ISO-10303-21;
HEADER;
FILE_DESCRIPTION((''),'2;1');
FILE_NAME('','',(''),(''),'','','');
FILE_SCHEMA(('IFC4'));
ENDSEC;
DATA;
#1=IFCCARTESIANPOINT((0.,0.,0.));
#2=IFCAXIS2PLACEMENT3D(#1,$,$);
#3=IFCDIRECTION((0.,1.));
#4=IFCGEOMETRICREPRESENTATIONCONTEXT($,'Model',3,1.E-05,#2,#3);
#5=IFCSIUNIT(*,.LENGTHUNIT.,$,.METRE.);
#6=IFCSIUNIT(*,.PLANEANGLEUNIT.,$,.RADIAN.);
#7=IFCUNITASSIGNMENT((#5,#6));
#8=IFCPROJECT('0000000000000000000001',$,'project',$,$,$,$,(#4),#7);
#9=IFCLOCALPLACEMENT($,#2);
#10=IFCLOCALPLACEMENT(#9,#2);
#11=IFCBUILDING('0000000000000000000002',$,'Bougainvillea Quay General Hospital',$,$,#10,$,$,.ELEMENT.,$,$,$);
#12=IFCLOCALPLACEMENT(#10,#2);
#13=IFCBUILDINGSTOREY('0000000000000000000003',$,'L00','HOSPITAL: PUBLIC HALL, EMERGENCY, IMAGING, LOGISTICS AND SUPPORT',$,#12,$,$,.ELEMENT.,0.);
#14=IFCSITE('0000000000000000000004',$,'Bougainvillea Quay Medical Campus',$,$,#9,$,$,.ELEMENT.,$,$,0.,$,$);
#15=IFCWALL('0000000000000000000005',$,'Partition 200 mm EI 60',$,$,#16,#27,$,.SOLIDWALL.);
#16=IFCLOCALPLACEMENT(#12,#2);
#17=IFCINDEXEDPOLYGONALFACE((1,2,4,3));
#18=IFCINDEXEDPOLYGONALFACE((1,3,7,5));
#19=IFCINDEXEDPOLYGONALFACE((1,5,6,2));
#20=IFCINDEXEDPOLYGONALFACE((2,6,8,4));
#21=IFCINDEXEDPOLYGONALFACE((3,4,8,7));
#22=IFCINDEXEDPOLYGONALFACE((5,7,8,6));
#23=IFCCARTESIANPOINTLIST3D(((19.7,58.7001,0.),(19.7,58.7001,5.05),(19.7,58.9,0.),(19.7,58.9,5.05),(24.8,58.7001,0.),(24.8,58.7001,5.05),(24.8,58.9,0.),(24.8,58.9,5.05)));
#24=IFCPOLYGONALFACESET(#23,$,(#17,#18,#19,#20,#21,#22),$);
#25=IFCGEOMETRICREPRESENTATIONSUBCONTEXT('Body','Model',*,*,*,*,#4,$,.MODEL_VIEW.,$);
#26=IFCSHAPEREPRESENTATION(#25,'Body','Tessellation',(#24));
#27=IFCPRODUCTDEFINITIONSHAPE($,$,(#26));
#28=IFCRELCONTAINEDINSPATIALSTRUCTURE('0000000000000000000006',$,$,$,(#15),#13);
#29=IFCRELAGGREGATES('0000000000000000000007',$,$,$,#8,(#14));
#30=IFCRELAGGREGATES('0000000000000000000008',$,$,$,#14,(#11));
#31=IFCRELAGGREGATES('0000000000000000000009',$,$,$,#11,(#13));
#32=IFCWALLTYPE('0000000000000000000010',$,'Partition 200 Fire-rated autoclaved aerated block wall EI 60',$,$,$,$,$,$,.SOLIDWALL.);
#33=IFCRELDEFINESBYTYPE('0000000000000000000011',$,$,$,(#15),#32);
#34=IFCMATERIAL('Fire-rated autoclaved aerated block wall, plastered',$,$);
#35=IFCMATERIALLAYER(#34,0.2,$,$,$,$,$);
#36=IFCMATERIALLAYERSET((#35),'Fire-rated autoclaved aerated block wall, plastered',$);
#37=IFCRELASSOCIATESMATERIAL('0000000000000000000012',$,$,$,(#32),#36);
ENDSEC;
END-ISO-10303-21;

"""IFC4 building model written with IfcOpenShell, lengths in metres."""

from ifc_helpers import new_model, si_unit, direction, frame, frame_2d, origin, place, context, subcontext, project, spatial, rectangle, extrude, material, layer, layer_set, type_object, element, save


model = new_model("IFC4")

# Units and contexts
model_context = context("Model", 3, precision=1e-05, world=origin(), true_north=direction((0.0, 1.0)))
body_context = subcontext(model_context, "Body", "Model", "MODEL_VIEW")
ifc_project = project(units=[si_unit("LENGTHUNIT", "METRE"), si_unit("PLANEANGLEUNIT", "RADIAN")], contexts=[model_context])

# Site, building, storey
site_placement = place(None, origin())
site = spatial("IfcSite", under=ifc_project, at=site_placement, Name="Bougainvillea Quay Medical Campus", CompositionType="ELEMENT", RefElevation=0.0)
building_placement = place(site_placement, origin())
building = spatial("IfcBuilding", under=site, at=building_placement, Name="Bougainvillea Quay General Hospital", CompositionType="ELEMENT")
storey_placement = place(building_placement, origin())
storey = spatial("IfcBuildingStorey", under=building, at=storey_placement, Name="L00", Description="HOSPITAL: PUBLIC HALL, EMERGENCY, IMAGING, LOGISTICS AND SUPPORT", CompositionType="ELEMENT", Elevation=0.0)

# Shared definitions
ifc_material_1 = material(Name="Fire-rated autoclaved aerated block wall, plastered")

# Wall
ifc_layer_1 = layer(ifc_material_1, 0.2)
ifc_layer_set_1 = layer_set([ifc_layer_1], Name="Fire-rated autoclaved aerated block wall, plastered")
wall_type_1 = type_object("IfcWallType", Name="Partition 200 Fire-rated autoclaved aerated block wall EI 60", PredefinedType="SOLIDWALL", material=ifc_layer_set_1)
wall_1_placement = place(storey_placement, frame((19.7, 58.8, 0.0), z_axis=(0.0, 0.0, 1.0), x_axis=(1.0, 0.0, 0.0)))
element("IfcWall", 1, at=wall_1_placement, inside=storey, type_object=wall_type_1, Name="Partition 200 mm EI 60", PredefinedType="SOLIDWALL", context=body_context, shape_type="SweptSolid", body=[
    extrude(rectangle(XDim=5.1001, YDim=0.2, at=frame_2d((2.55, 0.0))), origin(), (0.0, 0.0, 1.0), 5.05),
])

save(model, "model.ifc")
